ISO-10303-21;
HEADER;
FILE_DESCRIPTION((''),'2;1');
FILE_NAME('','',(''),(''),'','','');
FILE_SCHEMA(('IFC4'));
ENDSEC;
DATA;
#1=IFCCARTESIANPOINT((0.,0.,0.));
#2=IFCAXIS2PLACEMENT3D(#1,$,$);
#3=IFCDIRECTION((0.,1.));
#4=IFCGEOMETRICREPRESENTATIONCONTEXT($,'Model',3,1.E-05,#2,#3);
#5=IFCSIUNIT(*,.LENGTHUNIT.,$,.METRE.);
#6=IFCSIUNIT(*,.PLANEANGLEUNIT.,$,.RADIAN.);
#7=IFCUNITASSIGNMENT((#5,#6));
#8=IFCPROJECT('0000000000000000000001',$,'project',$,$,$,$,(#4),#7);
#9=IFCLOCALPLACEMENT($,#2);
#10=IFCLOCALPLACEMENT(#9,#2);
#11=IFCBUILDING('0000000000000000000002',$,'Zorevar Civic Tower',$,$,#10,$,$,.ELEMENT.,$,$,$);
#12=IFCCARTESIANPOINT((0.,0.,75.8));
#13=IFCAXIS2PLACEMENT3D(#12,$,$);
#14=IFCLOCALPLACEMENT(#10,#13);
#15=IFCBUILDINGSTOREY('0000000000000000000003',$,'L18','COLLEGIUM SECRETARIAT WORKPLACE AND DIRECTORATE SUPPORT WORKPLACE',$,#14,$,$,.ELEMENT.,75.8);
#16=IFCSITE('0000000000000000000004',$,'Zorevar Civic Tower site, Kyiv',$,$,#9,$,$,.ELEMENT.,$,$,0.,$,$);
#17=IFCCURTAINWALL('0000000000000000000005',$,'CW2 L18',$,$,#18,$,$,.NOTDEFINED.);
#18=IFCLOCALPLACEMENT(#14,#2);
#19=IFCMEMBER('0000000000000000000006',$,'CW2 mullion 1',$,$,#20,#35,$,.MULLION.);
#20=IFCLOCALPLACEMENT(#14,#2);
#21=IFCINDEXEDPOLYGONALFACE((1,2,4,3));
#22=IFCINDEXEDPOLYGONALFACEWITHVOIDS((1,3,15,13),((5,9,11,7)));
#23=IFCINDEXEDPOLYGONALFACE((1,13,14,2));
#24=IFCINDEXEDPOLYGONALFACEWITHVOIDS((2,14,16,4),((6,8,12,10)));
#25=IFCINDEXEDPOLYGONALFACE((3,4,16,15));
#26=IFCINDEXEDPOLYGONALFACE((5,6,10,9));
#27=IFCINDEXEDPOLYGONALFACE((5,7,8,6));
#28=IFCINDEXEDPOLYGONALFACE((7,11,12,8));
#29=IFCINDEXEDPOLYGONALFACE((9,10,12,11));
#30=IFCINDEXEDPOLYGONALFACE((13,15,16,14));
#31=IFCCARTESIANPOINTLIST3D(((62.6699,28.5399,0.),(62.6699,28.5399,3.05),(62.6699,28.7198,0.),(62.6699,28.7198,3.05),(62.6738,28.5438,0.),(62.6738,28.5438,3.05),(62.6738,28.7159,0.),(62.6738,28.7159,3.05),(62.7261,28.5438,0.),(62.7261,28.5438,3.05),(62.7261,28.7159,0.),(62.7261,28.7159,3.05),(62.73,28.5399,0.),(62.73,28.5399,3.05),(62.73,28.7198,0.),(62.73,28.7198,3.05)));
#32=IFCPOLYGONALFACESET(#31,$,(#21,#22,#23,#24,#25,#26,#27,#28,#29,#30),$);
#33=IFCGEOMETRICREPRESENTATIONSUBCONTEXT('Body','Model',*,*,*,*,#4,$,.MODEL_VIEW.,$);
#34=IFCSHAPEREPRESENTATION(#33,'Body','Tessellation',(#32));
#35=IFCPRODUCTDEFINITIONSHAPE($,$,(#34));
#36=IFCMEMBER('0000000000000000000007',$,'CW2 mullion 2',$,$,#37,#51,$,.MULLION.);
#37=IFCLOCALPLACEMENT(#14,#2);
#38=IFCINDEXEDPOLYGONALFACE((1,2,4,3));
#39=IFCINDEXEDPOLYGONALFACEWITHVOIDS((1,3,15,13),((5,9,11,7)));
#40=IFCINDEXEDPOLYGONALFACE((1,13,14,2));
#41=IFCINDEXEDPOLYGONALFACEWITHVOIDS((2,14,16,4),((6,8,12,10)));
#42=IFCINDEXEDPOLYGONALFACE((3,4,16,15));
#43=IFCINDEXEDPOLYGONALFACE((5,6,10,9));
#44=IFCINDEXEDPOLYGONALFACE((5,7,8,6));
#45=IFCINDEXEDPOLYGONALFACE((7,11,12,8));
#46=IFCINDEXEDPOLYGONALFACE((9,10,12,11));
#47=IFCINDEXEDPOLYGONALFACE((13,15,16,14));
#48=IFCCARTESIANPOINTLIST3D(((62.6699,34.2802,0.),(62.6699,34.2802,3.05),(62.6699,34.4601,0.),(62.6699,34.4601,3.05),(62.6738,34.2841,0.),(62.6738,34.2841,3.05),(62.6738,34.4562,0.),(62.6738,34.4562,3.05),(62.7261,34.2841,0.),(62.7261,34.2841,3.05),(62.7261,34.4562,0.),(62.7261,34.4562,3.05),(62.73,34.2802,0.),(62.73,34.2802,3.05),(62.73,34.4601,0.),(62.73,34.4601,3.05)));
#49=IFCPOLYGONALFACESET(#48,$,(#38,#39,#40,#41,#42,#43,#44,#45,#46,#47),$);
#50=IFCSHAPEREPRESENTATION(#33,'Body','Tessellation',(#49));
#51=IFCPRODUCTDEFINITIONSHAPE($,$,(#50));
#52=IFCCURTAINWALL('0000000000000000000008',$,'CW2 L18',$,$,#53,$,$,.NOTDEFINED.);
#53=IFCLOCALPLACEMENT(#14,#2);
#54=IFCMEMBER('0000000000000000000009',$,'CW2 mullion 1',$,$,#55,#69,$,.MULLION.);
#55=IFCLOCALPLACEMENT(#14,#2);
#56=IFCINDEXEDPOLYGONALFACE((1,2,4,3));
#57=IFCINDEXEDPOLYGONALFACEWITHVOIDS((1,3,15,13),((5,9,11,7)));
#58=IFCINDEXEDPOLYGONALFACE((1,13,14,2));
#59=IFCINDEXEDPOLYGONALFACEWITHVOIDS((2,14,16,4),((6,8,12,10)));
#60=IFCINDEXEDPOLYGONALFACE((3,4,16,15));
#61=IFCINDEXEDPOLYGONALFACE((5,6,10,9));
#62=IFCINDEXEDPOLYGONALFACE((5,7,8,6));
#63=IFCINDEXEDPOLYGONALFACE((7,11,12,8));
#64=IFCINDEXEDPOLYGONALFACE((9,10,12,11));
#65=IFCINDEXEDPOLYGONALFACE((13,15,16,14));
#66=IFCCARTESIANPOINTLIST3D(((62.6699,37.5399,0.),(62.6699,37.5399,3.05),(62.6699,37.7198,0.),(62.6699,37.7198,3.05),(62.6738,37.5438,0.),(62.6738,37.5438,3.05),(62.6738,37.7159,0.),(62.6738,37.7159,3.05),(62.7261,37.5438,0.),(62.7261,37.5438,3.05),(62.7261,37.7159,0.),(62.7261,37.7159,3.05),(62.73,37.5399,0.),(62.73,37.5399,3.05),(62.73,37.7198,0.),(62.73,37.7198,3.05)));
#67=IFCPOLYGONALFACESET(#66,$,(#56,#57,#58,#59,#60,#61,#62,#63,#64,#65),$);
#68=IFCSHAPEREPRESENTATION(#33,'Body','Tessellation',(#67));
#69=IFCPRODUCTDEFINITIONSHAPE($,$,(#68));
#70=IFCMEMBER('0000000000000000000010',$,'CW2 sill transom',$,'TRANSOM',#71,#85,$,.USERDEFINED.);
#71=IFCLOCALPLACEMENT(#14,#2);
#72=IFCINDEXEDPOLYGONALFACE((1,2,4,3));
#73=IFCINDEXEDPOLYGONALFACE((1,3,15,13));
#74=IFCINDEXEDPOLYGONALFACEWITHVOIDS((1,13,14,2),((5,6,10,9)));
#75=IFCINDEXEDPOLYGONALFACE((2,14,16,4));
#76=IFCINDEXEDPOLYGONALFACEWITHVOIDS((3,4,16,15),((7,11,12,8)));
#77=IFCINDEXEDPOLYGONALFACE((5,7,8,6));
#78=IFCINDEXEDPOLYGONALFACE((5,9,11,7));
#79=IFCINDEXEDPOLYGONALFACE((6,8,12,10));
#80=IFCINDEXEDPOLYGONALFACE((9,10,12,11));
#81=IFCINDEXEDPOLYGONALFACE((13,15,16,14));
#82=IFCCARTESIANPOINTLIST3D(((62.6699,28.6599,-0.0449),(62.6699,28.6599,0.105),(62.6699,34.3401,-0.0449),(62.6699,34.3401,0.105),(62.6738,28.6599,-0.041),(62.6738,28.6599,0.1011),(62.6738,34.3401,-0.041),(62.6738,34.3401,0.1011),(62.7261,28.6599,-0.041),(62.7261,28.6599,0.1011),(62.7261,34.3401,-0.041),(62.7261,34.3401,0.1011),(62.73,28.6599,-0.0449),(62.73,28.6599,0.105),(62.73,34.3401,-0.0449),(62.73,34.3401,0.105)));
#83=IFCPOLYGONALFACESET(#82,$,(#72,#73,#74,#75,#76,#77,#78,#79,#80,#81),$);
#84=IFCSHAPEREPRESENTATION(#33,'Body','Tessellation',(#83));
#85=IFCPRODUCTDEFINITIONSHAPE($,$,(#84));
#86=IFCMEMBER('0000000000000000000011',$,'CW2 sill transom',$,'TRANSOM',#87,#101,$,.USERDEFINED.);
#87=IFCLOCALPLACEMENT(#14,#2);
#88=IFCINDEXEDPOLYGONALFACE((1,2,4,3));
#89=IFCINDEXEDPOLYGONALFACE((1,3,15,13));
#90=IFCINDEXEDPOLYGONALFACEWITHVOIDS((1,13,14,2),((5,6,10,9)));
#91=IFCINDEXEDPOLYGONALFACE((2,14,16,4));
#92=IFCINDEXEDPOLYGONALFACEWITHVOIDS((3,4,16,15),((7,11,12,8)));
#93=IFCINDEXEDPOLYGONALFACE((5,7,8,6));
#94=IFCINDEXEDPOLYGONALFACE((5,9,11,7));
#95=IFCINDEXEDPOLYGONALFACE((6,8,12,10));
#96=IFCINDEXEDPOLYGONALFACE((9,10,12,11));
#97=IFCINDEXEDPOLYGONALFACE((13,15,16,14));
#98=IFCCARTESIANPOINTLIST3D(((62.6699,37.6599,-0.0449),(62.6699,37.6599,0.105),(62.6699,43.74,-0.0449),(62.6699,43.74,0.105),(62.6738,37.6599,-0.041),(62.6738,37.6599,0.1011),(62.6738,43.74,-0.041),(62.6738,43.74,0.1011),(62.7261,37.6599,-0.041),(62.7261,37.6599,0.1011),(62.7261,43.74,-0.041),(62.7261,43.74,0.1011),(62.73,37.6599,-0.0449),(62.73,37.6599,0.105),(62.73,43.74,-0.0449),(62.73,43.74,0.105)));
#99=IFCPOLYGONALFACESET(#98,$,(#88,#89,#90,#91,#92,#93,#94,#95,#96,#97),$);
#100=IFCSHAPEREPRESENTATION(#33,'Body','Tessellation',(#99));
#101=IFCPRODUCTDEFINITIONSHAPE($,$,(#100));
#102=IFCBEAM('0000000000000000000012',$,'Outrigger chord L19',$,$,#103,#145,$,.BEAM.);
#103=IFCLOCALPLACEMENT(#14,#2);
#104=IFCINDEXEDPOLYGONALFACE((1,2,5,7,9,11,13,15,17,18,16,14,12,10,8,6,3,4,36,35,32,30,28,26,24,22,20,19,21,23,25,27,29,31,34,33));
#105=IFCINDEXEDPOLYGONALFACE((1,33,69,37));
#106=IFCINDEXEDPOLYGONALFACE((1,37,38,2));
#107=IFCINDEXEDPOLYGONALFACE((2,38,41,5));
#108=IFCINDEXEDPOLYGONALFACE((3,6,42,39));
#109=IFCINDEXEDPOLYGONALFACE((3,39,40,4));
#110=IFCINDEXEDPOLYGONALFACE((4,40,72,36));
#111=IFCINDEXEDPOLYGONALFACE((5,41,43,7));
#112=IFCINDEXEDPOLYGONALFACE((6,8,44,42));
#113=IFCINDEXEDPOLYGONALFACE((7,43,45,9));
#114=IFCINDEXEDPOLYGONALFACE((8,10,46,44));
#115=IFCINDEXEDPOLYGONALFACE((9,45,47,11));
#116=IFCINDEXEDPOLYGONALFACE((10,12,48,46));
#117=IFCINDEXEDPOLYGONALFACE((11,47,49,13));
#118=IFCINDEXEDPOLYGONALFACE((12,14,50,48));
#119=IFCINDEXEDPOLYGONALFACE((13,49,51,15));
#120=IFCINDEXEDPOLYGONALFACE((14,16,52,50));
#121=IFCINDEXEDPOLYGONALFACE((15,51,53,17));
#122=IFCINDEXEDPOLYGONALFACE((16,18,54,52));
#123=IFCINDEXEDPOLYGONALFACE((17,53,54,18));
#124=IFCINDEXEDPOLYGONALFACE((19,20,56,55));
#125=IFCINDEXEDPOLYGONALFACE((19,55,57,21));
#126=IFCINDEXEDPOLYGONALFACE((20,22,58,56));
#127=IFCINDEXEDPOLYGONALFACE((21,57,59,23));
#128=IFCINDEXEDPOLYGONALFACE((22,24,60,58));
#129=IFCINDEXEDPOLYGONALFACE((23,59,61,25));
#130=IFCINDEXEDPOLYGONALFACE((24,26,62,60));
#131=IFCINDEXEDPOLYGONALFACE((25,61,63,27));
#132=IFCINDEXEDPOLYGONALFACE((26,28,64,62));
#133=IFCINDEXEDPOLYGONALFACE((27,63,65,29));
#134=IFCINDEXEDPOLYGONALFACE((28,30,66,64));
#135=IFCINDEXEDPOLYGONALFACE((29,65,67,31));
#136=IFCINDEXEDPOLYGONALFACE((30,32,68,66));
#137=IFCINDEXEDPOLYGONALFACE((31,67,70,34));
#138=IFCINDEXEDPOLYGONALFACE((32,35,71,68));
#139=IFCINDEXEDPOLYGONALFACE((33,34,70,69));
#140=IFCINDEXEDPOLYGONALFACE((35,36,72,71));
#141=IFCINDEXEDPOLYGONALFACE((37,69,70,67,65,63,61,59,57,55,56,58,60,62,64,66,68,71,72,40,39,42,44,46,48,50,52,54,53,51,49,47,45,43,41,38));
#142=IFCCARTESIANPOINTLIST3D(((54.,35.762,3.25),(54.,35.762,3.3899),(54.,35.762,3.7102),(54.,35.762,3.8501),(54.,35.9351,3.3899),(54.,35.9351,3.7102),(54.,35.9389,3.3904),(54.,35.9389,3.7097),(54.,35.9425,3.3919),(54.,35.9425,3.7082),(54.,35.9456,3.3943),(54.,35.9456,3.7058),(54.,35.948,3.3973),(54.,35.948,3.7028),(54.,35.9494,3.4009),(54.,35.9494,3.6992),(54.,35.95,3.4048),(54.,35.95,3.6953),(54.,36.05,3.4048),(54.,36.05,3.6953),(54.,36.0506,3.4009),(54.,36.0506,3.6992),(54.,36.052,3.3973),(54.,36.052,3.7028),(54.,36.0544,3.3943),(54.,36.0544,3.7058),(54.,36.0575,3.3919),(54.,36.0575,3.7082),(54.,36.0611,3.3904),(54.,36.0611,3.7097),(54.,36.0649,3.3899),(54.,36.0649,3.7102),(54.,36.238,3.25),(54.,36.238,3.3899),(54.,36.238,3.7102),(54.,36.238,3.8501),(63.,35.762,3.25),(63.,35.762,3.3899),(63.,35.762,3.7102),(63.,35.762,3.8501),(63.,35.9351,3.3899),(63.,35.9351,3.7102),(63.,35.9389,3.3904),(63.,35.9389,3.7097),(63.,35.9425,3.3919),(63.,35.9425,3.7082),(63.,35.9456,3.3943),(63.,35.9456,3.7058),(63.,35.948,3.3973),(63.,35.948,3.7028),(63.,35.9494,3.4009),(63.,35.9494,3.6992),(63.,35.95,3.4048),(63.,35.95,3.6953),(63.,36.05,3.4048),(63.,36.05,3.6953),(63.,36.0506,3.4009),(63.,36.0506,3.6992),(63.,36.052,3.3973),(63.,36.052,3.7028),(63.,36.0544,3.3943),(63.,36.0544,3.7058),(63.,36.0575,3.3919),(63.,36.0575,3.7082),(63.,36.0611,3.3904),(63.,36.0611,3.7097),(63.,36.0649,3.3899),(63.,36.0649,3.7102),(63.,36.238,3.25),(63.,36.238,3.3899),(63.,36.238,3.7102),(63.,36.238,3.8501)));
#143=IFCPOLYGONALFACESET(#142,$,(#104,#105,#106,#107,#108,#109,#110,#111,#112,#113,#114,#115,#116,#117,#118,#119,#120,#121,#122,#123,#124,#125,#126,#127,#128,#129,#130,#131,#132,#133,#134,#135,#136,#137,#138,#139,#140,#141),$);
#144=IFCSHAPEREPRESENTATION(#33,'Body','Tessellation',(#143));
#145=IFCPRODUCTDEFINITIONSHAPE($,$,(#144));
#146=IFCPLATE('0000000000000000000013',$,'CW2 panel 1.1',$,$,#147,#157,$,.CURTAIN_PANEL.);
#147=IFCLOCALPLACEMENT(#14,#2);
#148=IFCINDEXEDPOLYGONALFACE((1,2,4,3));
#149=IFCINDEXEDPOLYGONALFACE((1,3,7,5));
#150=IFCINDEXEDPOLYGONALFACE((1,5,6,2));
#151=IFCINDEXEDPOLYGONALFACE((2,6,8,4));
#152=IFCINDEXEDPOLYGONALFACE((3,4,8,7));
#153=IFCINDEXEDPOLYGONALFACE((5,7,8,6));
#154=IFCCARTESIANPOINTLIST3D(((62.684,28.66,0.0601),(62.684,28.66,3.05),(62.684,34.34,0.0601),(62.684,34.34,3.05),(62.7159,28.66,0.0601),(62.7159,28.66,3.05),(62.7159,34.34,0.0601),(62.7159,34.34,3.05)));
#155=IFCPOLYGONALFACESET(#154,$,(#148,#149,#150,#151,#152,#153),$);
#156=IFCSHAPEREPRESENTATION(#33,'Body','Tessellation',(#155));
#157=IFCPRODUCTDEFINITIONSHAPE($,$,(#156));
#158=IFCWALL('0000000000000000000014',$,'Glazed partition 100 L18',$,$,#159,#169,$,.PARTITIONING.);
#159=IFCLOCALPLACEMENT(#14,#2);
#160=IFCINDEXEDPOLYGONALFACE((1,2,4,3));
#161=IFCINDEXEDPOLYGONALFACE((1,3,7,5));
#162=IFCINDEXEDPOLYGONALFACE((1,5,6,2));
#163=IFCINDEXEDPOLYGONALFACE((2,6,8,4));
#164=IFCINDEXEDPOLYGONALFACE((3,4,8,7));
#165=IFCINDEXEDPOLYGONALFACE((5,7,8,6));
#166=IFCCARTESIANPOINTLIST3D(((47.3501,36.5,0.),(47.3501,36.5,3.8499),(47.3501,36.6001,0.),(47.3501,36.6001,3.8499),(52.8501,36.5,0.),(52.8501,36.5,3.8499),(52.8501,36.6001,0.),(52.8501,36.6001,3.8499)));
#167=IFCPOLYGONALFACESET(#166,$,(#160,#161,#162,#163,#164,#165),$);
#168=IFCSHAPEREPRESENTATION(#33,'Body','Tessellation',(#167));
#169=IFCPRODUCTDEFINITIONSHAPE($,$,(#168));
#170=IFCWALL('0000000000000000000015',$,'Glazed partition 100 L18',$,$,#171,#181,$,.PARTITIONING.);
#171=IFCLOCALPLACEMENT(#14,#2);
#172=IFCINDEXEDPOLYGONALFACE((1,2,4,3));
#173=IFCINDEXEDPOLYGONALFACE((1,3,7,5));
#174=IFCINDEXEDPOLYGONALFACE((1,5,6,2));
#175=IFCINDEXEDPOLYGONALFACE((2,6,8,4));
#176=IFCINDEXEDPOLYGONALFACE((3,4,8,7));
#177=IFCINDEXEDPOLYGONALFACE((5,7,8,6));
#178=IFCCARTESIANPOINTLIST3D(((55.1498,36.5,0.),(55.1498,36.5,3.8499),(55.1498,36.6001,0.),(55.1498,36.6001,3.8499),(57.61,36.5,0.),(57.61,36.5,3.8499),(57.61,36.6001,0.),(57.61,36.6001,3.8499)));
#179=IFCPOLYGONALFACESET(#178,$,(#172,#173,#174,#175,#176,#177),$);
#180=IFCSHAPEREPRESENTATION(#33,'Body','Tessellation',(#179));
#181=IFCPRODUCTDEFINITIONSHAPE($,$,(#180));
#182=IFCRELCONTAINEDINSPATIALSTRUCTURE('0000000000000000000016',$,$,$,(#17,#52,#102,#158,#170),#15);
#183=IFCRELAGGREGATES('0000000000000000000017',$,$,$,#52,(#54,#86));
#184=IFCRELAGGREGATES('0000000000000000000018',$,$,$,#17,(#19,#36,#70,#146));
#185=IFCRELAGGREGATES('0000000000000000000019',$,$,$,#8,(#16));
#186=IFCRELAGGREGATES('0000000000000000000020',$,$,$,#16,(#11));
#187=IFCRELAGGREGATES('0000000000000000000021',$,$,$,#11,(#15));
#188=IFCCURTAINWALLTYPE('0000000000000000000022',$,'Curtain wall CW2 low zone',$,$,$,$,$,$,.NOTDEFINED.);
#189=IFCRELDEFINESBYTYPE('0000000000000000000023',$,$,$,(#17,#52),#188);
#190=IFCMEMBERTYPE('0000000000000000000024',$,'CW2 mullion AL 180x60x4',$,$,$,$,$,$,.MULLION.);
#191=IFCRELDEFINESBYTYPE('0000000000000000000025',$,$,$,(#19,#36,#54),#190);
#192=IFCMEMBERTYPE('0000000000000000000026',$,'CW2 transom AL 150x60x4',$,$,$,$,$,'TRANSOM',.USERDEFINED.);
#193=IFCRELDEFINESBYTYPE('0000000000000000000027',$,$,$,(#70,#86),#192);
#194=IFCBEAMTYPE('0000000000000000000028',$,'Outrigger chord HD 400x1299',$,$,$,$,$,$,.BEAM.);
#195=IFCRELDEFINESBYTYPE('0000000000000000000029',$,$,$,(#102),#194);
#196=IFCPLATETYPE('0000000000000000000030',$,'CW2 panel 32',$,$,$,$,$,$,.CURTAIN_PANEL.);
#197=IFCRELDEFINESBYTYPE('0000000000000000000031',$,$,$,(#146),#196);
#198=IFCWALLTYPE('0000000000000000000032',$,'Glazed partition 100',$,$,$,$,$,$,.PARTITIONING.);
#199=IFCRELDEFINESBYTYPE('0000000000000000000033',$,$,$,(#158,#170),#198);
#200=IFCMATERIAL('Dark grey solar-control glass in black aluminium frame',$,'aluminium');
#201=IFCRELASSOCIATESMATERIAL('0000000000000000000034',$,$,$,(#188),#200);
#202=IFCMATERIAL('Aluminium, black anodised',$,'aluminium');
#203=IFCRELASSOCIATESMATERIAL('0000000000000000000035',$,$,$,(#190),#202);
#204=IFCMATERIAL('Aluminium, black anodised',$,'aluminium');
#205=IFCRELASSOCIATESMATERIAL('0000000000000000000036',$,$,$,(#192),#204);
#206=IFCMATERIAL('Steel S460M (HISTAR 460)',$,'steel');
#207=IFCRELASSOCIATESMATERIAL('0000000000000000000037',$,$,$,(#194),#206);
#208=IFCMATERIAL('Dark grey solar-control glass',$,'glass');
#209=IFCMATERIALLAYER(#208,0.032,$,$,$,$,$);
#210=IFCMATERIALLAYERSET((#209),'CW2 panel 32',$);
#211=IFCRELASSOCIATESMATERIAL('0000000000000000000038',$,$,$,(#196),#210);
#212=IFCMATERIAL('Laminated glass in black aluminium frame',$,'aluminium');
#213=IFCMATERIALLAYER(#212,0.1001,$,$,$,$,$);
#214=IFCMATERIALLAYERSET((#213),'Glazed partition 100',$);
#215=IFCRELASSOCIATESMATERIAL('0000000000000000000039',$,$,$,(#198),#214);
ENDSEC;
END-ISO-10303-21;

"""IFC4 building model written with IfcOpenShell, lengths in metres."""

from ifc_helpers import new_model, si_unit, direction, frame, frame_2d, origin, origin_2d, place, context, subcontext, project, spatial, rectangle, hollow_rectangle, i_section, extrude, material, layer, layer_set, material_profile, profile_set, type_object, element, aggregate, save


model = new_model("IFC4")

# Units and contexts
model_context = context("Model", 3, precision=1e-05, world=origin(), true_north=direction((0.0, 1.0)))
body_context = subcontext(model_context, "Body", "Model", "MODEL_VIEW")
ifc_project = project(units=[si_unit("LENGTHUNIT", "METRE"), si_unit("PLANEANGLEUNIT", "RADIAN")], contexts=[model_context])

# Site, building, storey
site_placement = place(None, origin())
site = spatial("IfcSite", under=ifc_project, at=site_placement, Name="Zorevar Civic Tower site, Kyiv", CompositionType="ELEMENT", RefElevation=0.0)
building_placement = place(site_placement, origin())
building = spatial("IfcBuilding", under=site, at=building_placement, Name="Zorevar Civic Tower", CompositionType="ELEMENT")
storey_placement = place(building_placement, frame((0.0, 0.0, 75.8)))
storey = spatial("IfcBuildingStorey", under=building, at=storey_placement, Name="L18", Description="COLLEGIUM SECRETARIAT WORKPLACE AND DIRECTORATE SUPPORT WORKPLACE", CompositionType="ELEMENT", Elevation=75.8)

# Curtain wall, members
ifc_material_1 = material(Name="Dark grey solar-control glass in black aluminium frame", Category="aluminium")
curtain_wall_type = type_object("IfcCurtainWallType", Name="Curtain wall CW2 low zone", PredefinedType="NOTDEFINED", material=ifc_material_1)
curtain_wall_1_placement = place(storey_placement, origin())
curtain_wall_1 = element("IfcCurtainWall", 1, at=curtain_wall_1_placement, inside=storey, type_object=curtain_wall_type, Name="CW2 L18", PredefinedType="NOTDEFINED")
ifc_material_2 = material(Name="Aluminium, black anodised", Category="aluminium")
ifc_material_profile_1 = material_profile(ifc_material_2, hollow_rectangle(XDim=0.0601, YDim=0.1799, WallThickness=0.0039, at=origin_2d()), Name="AL 180x60x4")
ifc_profile_set_1 = profile_set([ifc_material_profile_1], Name="Aluminium, black anodised")
member_type_1 = type_object("IfcMemberType", Name="CW2 mullion AL 180x60x4", PredefinedType="MULLION", material=ifc_profile_set_1)
member_1_placement = place(storey_placement, frame((62.7, 28.6299, 0.0), z_axis=(0.0, 0.0, 1.0), x_axis=(-1.0, 0.0, 0.0)))
member_1 = element("IfcMember", 2, at=member_1_placement, type_object=member_type_1, Name="CW2 mullion 1", PredefinedType="MULLION", context=body_context, shape_type="SweptSolid", body=[
    extrude(hollow_rectangle(XDim=0.0601, YDim=0.1799, WallThickness=0.0039, at=origin_2d()), origin(), (0.0, 0.0, 1.0), 3.05),
])
member_2_placement = place(storey_placement, frame((62.7, 34.3701, 0.0), z_axis=(0.0, 0.0, 1.0), x_axis=(-1.0, 0.0, 0.0)))
member_2 = element("IfcMember", 3, at=member_2_placement, type_object=member_type_1, Name="CW2 mullion 2", PredefinedType="MULLION", context=body_context, shape_type="SweptSolid", body=[
    extrude(hollow_rectangle(XDim=0.0601, YDim=0.1799, WallThickness=0.0039, at=origin_2d()), origin(), (0.0, 0.0, 1.0), 3.05),
])

# Curtain wall, member
curtain_wall_2_placement = place(storey_placement, origin())
curtain_wall_2 = element("IfcCurtainWall", 4, at=curtain_wall_2_placement, inside=storey, type_object=curtain_wall_type, Name="CW2 L18", PredefinedType="NOTDEFINED")
member_3_placement = place(storey_placement, frame((62.7, 37.6299, 0.0), z_axis=(0.0, 0.0, 1.0), x_axis=(-1.0, 0.0, 0.0)))
member_3 = element("IfcMember", 5, at=member_3_placement, type_object=member_type_1, Name="CW2 mullion 1", PredefinedType="MULLION", context=body_context, shape_type="SweptSolid", body=[
    extrude(hollow_rectangle(XDim=0.0601, YDim=0.1799, WallThickness=0.0039, at=origin_2d()), origin(), (0.0, 0.0, 1.0), 3.05),
])

# Members
ifc_material_3 = material(Name="Aluminium, black anodised", Category="aluminium")
ifc_material_profile_2 = material_profile(ifc_material_3, hollow_rectangle(XDim=0.0601, YDim=0.1499, WallThickness=0.0039, at=origin_2d()), Name="AL 150x60x4")
ifc_profile_set_2 = profile_set([ifc_material_profile_2], Name="Aluminium, black anodised")
member_type_2 = type_object("IfcMemberType", Name="CW2 transom AL 150x60x4", ElementType="TRANSOM", PredefinedType="USERDEFINED", material=ifc_profile_set_2)
member_4_placement = place(storey_placement, frame((62.7, 28.6599, 0.03), z_axis=(0.0, 1.0, 0.0), x_axis=(-1.0, 0.0, 0.0)))
member_4 = element("IfcMember", 6, at=member_4_placement, type_object=member_type_2, Name="CW2 sill transom", ObjectType="TRANSOM", PredefinedType="USERDEFINED", context=body_context, shape_type="SweptSolid", body=[
    extrude(hollow_rectangle(XDim=0.0601, YDim=0.1499, WallThickness=0.0039, at=origin_2d()), origin(), (0.0, 0.0, 1.0), 5.6802),
])
member_5_placement = place(storey_placement, frame((62.7, 37.6599, 0.03), z_axis=(0.0, 1.0, 0.0), x_axis=(-1.0, 0.0, 0.0)))
member_5 = element("IfcMember", 7, at=member_5_placement, type_object=member_type_2, Name="CW2 sill transom", ObjectType="TRANSOM", PredefinedType="USERDEFINED", context=body_context, shape_type="SweptSolid", body=[
    extrude(hollow_rectangle(XDim=0.0601, YDim=0.1499, WallThickness=0.0039, at=origin_2d()), origin(), (0.0, 0.0, 1.0), 6.0801),
])
aggregate(curtain_wall_2, [member_3, member_5])

# Beam
ifc_material_4 = material(Name="Steel S460M (HISTAR 460)", Category="steel")
ifc_material_profile_3 = material_profile(ifc_material_4, i_section(OverallWidth=0.4761, OverallDepth=0.6001, WebThickness=0.1001, FlangeThickness=0.1399, FilletRadius=0.0149, at=origin_2d()), Name="HD 400x1299")
ifc_profile_set_3 = profile_set([ifc_material_profile_3], Name="Steel S460M (HISTAR 460)")
beam_type_1 = type_object("IfcBeamType", Name="Outrigger chord HD 400x1299", PredefinedType="BEAM", material=ifc_profile_set_3)
beam_placement = place(storey_placement, frame((54.0, 36.0, 3.55), z_axis=(1.0, 0.0, 0.0), x_axis=(0.0, 1.0, 0.0)))
element("IfcBeam", 8, at=beam_placement, inside=storey, type_object=beam_type_1, Name="Outrigger chord L19", PredefinedType="BEAM", context=body_context, shape_type="SweptSolid", body=[
    extrude(i_section(OverallWidth=0.4761, OverallDepth=0.6001, WebThickness=0.1001, FlangeThickness=0.1399, FilletRadius=0.0149, at=origin_2d()), origin(), (0.0, 0.0, 1.0), 9.0),
])

# Plate
ifc_material_5 = material(Name="Dark grey solar-control glass", Category="glass")
ifc_layer_1 = layer(ifc_material_5, 0.032)
ifc_layer_set_1 = layer_set([ifc_layer_1], Name="CW2 panel 32")
plate_type = type_object("IfcPlateType", Name="CW2 panel 32", PredefinedType="CURTAIN_PANEL", material=ifc_layer_set_1)
plate_placement = place(storey_placement, frame((62.7, 31.5, 0.0601), z_axis=(0.0, 0.0, 1.0), x_axis=(0.0, 1.0, 0.0)))
plate = element("IfcPlate", 9, at=plate_placement, type_object=plate_type, Name="CW2 panel 1.1", PredefinedType="CURTAIN_PANEL", context=body_context, shape_type="SweptSolid", body=[
    extrude(rectangle(XDim=5.6799, YDim=0.032, at=origin_2d()), origin(), (0.0, 0.0, 1.0), 2.99),
])
aggregate(curtain_wall_1, [member_1, member_2, member_4, plate])

# Walls
ifc_material_6 = material(Name="Laminated glass in black aluminium frame", Category="aluminium")
ifc_layer_2 = layer(ifc_material_6, 0.1001)
ifc_layer_set_2 = layer_set([ifc_layer_2], Name="Glazed partition 100")
wall_type_1 = type_object("IfcWallType", Name="Glazed partition 100", PredefinedType="PARTITIONING", material=ifc_layer_set_2)
wall_1_placement = place(storey_placement, frame((47.3501, 36.55, 0.0), z_axis=(0.0, 0.0, 1.0), x_axis=(1.0, 0.0, 0.0)))
element("IfcWall", 10, at=wall_1_placement, inside=storey, type_object=wall_type_1, Name="Glazed partition 100 L18", PredefinedType="PARTITIONING", context=body_context, shape_type="SweptSolid", body=[
    extrude(rectangle(XDim=5.5, YDim=0.1001, at=frame_2d((2.75, 0.0))), origin(), (0.0, 0.0, 1.0), 3.8499),
])
wall_2_placement = place(storey_placement, frame((55.1499, 36.55, 0.0), z_axis=(0.0, 0.0, 1.0), x_axis=(1.0, 0.0, 0.0)))
element("IfcWall", 11, at=wall_2_placement, inside=storey, type_object=wall_type_1, Name="Glazed partition 100 L18", PredefinedType="PARTITIONING", context=body_context, shape_type="SweptSolid", body=[
    extrude(rectangle(XDim=2.4602, YDim=0.1001, at=frame_2d((1.23, 0.0))), origin(), (0.0, 0.0, 1.0), 3.8499),
])

save(model, "model.ifc")
